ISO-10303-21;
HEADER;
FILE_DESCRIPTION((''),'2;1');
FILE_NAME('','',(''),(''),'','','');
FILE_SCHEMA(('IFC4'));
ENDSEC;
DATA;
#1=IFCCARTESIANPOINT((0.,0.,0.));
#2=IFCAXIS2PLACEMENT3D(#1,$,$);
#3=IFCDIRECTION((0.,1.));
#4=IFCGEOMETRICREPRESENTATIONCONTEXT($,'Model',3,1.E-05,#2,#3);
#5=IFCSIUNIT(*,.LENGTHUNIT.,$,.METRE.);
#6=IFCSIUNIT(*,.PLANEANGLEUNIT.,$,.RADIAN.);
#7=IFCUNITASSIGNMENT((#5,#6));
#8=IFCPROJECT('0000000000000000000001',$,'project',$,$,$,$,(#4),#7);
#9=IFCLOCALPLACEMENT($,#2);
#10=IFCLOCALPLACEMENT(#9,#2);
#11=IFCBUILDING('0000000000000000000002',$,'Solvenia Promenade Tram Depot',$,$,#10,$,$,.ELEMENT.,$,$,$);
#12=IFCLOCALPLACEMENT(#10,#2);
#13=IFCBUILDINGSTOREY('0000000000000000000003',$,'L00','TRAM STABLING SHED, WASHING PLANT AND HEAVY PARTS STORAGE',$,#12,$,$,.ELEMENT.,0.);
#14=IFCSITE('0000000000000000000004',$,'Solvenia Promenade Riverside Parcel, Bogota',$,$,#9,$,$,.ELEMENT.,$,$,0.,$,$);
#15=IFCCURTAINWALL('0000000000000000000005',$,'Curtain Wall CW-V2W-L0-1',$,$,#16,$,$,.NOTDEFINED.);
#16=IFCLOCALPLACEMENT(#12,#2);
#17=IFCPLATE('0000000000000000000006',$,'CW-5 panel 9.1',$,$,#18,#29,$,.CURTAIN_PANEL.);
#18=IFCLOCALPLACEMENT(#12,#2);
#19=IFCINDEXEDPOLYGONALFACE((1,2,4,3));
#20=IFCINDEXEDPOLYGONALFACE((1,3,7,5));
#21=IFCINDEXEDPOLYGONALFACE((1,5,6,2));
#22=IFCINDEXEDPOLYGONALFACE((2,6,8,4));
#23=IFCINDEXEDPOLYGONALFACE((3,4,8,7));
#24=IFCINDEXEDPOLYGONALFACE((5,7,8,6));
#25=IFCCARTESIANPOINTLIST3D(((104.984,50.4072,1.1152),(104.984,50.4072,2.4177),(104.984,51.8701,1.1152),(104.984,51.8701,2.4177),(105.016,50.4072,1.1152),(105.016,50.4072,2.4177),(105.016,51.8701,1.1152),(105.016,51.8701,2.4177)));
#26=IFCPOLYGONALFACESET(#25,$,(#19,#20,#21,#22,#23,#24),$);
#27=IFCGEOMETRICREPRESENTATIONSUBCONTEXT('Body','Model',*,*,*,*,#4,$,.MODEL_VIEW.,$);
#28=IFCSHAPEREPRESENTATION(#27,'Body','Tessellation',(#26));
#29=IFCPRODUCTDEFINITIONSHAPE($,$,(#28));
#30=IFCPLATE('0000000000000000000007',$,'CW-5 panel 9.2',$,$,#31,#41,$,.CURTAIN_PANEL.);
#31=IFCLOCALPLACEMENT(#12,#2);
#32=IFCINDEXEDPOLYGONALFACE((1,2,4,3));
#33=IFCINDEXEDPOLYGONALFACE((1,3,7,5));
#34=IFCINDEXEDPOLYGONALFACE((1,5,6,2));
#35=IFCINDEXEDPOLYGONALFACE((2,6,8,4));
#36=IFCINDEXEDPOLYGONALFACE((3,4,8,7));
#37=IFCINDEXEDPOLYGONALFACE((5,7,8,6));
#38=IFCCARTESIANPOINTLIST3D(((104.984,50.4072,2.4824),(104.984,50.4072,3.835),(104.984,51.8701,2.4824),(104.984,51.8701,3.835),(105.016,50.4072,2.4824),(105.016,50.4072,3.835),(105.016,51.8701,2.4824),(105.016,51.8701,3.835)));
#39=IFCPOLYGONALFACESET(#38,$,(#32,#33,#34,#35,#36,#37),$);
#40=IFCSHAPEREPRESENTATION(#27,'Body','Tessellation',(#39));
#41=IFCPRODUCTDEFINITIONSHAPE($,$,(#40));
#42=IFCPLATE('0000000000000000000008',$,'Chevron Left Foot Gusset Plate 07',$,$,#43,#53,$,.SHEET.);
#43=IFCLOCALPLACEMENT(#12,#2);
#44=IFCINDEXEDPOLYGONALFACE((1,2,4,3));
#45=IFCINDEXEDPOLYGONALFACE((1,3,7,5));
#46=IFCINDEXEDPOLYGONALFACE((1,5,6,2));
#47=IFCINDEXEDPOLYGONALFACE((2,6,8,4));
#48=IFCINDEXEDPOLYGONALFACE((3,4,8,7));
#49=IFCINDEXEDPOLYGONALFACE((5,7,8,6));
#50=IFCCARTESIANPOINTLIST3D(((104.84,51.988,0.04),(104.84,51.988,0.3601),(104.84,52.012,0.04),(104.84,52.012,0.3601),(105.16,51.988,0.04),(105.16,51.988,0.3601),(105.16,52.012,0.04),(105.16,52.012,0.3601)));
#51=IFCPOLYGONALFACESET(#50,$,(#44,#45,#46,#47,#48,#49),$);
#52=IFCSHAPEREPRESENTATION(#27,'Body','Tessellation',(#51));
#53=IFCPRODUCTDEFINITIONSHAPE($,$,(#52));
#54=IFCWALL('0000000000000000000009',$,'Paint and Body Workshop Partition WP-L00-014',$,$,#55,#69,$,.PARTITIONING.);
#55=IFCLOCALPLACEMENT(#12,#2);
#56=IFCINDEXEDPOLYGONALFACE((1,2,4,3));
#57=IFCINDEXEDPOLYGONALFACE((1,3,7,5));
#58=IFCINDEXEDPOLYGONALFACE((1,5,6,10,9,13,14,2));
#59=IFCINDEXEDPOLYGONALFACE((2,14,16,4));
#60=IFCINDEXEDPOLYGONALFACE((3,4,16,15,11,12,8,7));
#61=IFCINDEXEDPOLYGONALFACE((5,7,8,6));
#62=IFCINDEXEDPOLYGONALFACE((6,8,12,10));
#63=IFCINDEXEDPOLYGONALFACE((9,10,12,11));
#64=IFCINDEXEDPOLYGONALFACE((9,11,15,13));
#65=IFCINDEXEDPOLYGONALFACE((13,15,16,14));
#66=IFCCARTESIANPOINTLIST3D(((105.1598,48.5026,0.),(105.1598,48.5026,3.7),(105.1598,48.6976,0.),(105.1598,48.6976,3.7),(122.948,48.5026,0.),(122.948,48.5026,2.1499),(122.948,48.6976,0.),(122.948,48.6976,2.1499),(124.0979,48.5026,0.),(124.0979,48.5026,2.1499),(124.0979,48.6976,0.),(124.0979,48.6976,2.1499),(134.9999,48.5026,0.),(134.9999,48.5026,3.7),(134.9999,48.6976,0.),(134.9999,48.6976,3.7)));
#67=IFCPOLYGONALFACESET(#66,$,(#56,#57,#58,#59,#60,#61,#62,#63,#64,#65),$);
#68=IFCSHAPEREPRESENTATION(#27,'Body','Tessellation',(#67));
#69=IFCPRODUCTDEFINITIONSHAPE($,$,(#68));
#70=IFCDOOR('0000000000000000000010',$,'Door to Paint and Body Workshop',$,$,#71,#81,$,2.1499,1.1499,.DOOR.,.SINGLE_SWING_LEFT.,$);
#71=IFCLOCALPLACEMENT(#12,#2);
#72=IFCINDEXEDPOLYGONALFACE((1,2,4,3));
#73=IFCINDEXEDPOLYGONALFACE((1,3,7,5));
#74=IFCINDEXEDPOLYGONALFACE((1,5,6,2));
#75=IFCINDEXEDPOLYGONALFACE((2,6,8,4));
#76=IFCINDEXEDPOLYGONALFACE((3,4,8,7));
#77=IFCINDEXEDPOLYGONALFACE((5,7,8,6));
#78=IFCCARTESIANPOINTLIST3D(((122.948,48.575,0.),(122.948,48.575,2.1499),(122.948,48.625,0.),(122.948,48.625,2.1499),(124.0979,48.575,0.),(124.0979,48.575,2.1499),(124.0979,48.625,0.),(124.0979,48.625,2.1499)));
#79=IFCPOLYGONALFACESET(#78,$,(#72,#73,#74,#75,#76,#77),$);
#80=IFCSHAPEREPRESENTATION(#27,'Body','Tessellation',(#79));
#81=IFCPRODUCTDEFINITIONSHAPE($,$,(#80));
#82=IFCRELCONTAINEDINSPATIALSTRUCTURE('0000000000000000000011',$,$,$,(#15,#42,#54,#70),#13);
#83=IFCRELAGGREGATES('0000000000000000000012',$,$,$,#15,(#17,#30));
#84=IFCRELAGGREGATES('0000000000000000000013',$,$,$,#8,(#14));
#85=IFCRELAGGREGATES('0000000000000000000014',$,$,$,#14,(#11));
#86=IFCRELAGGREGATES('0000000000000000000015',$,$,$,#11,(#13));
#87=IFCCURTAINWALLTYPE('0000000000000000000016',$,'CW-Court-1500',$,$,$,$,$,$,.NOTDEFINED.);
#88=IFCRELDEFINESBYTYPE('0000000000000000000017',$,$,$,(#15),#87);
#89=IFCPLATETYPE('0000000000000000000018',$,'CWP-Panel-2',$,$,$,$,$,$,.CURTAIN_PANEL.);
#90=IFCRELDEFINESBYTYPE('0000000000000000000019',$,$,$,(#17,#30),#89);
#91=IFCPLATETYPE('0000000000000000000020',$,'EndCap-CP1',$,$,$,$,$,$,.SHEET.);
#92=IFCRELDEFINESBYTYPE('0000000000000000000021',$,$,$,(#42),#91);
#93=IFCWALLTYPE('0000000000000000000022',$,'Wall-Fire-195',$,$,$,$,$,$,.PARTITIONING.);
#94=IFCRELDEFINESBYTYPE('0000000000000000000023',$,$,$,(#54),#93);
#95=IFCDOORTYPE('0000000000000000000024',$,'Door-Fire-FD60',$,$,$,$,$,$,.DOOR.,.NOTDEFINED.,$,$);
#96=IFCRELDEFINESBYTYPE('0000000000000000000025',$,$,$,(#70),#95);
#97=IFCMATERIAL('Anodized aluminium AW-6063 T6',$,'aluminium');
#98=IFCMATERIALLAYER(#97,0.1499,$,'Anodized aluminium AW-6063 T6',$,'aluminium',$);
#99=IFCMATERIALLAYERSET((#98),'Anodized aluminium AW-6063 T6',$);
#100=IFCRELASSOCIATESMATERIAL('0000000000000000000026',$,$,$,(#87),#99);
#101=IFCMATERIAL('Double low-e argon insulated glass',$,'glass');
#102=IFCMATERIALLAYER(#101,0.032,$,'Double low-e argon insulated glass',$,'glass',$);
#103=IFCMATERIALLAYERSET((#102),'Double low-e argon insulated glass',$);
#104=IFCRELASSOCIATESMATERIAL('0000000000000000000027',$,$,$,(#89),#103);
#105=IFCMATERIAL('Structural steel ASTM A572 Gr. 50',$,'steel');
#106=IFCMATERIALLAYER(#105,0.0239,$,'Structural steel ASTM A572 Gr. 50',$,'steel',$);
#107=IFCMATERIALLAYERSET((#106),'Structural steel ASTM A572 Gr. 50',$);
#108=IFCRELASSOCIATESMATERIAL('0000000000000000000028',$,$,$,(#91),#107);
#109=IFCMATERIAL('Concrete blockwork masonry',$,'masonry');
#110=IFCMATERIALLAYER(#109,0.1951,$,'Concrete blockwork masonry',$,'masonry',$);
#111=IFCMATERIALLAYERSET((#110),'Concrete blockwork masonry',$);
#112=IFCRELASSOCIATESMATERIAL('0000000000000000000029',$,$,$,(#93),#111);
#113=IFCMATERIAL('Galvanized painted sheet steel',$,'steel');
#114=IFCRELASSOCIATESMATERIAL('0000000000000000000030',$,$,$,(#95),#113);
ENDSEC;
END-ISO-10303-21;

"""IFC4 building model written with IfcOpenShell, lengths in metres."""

from ifc_helpers import new_model, si_unit, direction, frame, frame_2d, origin, origin_2d, place, context, subcontext, project, spatial, rectangle, extrude, material, layer, layer_set, type_object, element, fill, aggregate, save


model = new_model("IFC4")

# Units and contexts
model_context = context("Model", 3, precision=1e-05, world=origin(), true_north=direction((0.0, 1.0)))
body_context = subcontext(model_context, "Body", "Model", "MODEL_VIEW")
ifc_project = project(units=[si_unit("LENGTHUNIT", "METRE"), si_unit("PLANEANGLEUNIT", "RADIAN")], contexts=[model_context])

# Site, building, storey
site_placement = place(None, origin())
site = spatial("IfcSite", under=ifc_project, at=site_placement, Name="Solvenia Promenade Riverside Parcel, Bogota", CompositionType="ELEMENT", RefElevation=0.0)
building_placement = place(site_placement, origin())
building = spatial("IfcBuilding", under=site, at=building_placement, Name="Solvenia Promenade Tram Depot", CompositionType="ELEMENT")
storey_placement = place(building_placement, origin())
storey = spatial("IfcBuildingStorey", under=building, at=storey_placement, Name="L00", Description="TRAM STABLING SHED, WASHING PLANT AND HEAVY PARTS STORAGE", CompositionType="ELEMENT", Elevation=0.0)

# Curtain wall, plates
ifc_material_1 = material(Name="Anodized aluminium AW-6063 T6", Category="aluminium")
ifc_layer_1 = layer(ifc_material_1, 0.1499, Name="Anodized aluminium AW-6063 T6", Category="aluminium")
ifc_layer_set_1 = layer_set([ifc_layer_1], Name="Anodized aluminium AW-6063 T6")
curtain_wall_type = type_object("IfcCurtainWallType", Name="CW-Court-1500", PredefinedType="NOTDEFINED", material=ifc_layer_set_1)
curtain_wall_placement = place(storey_placement, origin())
curtain_wall = element("IfcCurtainWall", 1, at=curtain_wall_placement, inside=storey, type_object=curtain_wall_type, Name="Curtain Wall CW-V2W-L0-1", PredefinedType="NOTDEFINED")
ifc_material_2 = material(Name="Double low-e argon insulated glass", Category="glass")
ifc_layer_2 = layer(ifc_material_2, 0.032, Name="Double low-e argon insulated glass", Category="glass")
ifc_layer_set_2 = layer_set([ifc_layer_2], Name="Double low-e argon insulated glass")
plate_type_1 = type_object("IfcPlateType", Name="CWP-Panel-2", PredefinedType="CURTAIN_PANEL", material=ifc_layer_set_2)
plate_1_placement = place(storey_placement, frame((105.0, 51.1387, 1.1152), z_axis=(0.0, 0.0, 1.0), x_axis=(0.0, 1.0, 0.0)))
plate_1 = element("IfcPlate", 2, at=plate_1_placement, type_object=plate_type_1, Name="CW-5 panel 9.1", PredefinedType="CURTAIN_PANEL", context=body_context, shape_type="SweptSolid", body=[
    extrude(rectangle(XDim=1.4629, YDim=0.032, at=origin_2d()), origin(), (0.0, 0.0, 1.0), 1.3025),
])
plate_2_placement = place(storey_placement, frame((105.0, 51.1387, 2.4824), z_axis=(0.0, 0.0, 1.0), x_axis=(0.0, 1.0, 0.0)))
plate_2 = element("IfcPlate", 3, at=plate_2_placement, type_object=plate_type_1, Name="CW-5 panel 9.2", PredefinedType="CURTAIN_PANEL", context=body_context, shape_type="SweptSolid", body=[
    extrude(rectangle(XDim=1.4629, YDim=0.032, at=origin_2d()), origin(), (0.0, 0.0, 1.0), 1.3525),
])
aggregate(curtain_wall, [plate_1, plate_2])

# Plate
ifc_material_3 = material(Name="Structural steel ASTM A572 Gr. 50", Category="steel")
ifc_layer_3 = layer(ifc_material_3, 0.0239, Name="Structural steel ASTM A572 Gr. 50", Category="steel")
ifc_layer_set_3 = layer_set([ifc_layer_3], Name="Structural steel ASTM A572 Gr. 50")
plate_type_2 = type_object("IfcPlateType", Name="EndCap-CP1", PredefinedType="SHEET", material=ifc_layer_set_3)
plate_3_placement = place(storey_placement, frame((105.0, 52.0, 0.04), z_axis=(0.0, 0.0, 1.0), x_axis=(1.0, 0.0, 0.0)))
element("IfcPlate", 4, at=plate_3_placement, inside=storey, type_object=plate_type_2, Name="Chevron Left Foot Gusset Plate 07", PredefinedType="SHEET", context=body_context, shape_type="SweptSolid", body=[
    extrude(rectangle(XDim=0.3201, YDim=0.0239, at=origin_2d()), origin(), (0.0, 0.0, 1.0), 0.3201),
])

# Wall, opening, door
ifc_material_4 = material(Name="Concrete blockwork masonry", Category="masonry")
ifc_layer_4 = layer(ifc_material_4, 0.1951, Name="Concrete blockwork masonry", Category="masonry")
ifc_layer_set_4 = layer_set([ifc_layer_4], Name="Concrete blockwork masonry")
wall_type = type_object("IfcWallType", Name="Wall-Fire-195", PredefinedType="PARTITIONING", material=ifc_layer_set_4)
wall_placement = place(storey_placement, frame((105.1599, 48.6001, 0.0), z_axis=(0.0, 0.0, 1.0), x_axis=(1.0, 0.0, 0.0)))
wall = element("IfcWall", 5, at=wall_placement, inside=storey, type_object=wall_type, Name="Paint and Body Workshop Partition WP-L00-014", PredefinedType="PARTITIONING", context=body_context, shape_type="SweptSolid", body=[
    extrude(rectangle(XDim=29.8401, YDim=0.1951, at=frame_2d((14.9199, 0.0))), origin(), (0.0, 0.0, 1.0), 3.7),
])
opening_placement = place(wall_placement, frame((17.7881, 0.0, 0.0)))
opening = element("IfcOpeningElement", 6, at=opening_placement, cuts=wall, PredefinedType="OPENING", context=body_context, shape_type="SweptSolid", body=[
    extrude(rectangle(XDim=1.1499, YDim=2.1499, at=frame_2d((0.575, 1.075))), frame((0.0, 0.1074, 0.0), z_axis=(0.0, -1.0, 0.0), x_axis=(1.0, 0.0, 0.0)), (0.0, 0.0, 1.0), 0.2151),
])
ifc_material_5 = material(Name="Galvanized painted sheet steel", Category="steel")
door_type = type_object("IfcDoorType", Name="Door-Fire-FD60", OperationType="NOTDEFINED", PredefinedType="DOOR", material=ifc_material_5)
door_placement = place(opening_placement, origin())
door = element("IfcDoor", 7, at=door_placement, inside=storey, type_object=door_type, Name="Door to Paint and Body Workshop", OperationType="SINGLE_SWING_LEFT", OverallHeight=2.1499, OverallWidth=1.1499, PredefinedType="DOOR", context=body_context, shape_type="SweptSolid", body=[
    extrude(rectangle(XDim=1.1499, YDim=2.1499, at=frame_2d((0.575, 1.075))), frame((0.0, 0.0249, 0.0), z_axis=(0.0, -1.0, 0.0), x_axis=(1.0, 0.0, 0.0)), (0.0, 0.0, 1.0), 0.05),
])
fill(opening, door)

save(model, "model.ifc")
